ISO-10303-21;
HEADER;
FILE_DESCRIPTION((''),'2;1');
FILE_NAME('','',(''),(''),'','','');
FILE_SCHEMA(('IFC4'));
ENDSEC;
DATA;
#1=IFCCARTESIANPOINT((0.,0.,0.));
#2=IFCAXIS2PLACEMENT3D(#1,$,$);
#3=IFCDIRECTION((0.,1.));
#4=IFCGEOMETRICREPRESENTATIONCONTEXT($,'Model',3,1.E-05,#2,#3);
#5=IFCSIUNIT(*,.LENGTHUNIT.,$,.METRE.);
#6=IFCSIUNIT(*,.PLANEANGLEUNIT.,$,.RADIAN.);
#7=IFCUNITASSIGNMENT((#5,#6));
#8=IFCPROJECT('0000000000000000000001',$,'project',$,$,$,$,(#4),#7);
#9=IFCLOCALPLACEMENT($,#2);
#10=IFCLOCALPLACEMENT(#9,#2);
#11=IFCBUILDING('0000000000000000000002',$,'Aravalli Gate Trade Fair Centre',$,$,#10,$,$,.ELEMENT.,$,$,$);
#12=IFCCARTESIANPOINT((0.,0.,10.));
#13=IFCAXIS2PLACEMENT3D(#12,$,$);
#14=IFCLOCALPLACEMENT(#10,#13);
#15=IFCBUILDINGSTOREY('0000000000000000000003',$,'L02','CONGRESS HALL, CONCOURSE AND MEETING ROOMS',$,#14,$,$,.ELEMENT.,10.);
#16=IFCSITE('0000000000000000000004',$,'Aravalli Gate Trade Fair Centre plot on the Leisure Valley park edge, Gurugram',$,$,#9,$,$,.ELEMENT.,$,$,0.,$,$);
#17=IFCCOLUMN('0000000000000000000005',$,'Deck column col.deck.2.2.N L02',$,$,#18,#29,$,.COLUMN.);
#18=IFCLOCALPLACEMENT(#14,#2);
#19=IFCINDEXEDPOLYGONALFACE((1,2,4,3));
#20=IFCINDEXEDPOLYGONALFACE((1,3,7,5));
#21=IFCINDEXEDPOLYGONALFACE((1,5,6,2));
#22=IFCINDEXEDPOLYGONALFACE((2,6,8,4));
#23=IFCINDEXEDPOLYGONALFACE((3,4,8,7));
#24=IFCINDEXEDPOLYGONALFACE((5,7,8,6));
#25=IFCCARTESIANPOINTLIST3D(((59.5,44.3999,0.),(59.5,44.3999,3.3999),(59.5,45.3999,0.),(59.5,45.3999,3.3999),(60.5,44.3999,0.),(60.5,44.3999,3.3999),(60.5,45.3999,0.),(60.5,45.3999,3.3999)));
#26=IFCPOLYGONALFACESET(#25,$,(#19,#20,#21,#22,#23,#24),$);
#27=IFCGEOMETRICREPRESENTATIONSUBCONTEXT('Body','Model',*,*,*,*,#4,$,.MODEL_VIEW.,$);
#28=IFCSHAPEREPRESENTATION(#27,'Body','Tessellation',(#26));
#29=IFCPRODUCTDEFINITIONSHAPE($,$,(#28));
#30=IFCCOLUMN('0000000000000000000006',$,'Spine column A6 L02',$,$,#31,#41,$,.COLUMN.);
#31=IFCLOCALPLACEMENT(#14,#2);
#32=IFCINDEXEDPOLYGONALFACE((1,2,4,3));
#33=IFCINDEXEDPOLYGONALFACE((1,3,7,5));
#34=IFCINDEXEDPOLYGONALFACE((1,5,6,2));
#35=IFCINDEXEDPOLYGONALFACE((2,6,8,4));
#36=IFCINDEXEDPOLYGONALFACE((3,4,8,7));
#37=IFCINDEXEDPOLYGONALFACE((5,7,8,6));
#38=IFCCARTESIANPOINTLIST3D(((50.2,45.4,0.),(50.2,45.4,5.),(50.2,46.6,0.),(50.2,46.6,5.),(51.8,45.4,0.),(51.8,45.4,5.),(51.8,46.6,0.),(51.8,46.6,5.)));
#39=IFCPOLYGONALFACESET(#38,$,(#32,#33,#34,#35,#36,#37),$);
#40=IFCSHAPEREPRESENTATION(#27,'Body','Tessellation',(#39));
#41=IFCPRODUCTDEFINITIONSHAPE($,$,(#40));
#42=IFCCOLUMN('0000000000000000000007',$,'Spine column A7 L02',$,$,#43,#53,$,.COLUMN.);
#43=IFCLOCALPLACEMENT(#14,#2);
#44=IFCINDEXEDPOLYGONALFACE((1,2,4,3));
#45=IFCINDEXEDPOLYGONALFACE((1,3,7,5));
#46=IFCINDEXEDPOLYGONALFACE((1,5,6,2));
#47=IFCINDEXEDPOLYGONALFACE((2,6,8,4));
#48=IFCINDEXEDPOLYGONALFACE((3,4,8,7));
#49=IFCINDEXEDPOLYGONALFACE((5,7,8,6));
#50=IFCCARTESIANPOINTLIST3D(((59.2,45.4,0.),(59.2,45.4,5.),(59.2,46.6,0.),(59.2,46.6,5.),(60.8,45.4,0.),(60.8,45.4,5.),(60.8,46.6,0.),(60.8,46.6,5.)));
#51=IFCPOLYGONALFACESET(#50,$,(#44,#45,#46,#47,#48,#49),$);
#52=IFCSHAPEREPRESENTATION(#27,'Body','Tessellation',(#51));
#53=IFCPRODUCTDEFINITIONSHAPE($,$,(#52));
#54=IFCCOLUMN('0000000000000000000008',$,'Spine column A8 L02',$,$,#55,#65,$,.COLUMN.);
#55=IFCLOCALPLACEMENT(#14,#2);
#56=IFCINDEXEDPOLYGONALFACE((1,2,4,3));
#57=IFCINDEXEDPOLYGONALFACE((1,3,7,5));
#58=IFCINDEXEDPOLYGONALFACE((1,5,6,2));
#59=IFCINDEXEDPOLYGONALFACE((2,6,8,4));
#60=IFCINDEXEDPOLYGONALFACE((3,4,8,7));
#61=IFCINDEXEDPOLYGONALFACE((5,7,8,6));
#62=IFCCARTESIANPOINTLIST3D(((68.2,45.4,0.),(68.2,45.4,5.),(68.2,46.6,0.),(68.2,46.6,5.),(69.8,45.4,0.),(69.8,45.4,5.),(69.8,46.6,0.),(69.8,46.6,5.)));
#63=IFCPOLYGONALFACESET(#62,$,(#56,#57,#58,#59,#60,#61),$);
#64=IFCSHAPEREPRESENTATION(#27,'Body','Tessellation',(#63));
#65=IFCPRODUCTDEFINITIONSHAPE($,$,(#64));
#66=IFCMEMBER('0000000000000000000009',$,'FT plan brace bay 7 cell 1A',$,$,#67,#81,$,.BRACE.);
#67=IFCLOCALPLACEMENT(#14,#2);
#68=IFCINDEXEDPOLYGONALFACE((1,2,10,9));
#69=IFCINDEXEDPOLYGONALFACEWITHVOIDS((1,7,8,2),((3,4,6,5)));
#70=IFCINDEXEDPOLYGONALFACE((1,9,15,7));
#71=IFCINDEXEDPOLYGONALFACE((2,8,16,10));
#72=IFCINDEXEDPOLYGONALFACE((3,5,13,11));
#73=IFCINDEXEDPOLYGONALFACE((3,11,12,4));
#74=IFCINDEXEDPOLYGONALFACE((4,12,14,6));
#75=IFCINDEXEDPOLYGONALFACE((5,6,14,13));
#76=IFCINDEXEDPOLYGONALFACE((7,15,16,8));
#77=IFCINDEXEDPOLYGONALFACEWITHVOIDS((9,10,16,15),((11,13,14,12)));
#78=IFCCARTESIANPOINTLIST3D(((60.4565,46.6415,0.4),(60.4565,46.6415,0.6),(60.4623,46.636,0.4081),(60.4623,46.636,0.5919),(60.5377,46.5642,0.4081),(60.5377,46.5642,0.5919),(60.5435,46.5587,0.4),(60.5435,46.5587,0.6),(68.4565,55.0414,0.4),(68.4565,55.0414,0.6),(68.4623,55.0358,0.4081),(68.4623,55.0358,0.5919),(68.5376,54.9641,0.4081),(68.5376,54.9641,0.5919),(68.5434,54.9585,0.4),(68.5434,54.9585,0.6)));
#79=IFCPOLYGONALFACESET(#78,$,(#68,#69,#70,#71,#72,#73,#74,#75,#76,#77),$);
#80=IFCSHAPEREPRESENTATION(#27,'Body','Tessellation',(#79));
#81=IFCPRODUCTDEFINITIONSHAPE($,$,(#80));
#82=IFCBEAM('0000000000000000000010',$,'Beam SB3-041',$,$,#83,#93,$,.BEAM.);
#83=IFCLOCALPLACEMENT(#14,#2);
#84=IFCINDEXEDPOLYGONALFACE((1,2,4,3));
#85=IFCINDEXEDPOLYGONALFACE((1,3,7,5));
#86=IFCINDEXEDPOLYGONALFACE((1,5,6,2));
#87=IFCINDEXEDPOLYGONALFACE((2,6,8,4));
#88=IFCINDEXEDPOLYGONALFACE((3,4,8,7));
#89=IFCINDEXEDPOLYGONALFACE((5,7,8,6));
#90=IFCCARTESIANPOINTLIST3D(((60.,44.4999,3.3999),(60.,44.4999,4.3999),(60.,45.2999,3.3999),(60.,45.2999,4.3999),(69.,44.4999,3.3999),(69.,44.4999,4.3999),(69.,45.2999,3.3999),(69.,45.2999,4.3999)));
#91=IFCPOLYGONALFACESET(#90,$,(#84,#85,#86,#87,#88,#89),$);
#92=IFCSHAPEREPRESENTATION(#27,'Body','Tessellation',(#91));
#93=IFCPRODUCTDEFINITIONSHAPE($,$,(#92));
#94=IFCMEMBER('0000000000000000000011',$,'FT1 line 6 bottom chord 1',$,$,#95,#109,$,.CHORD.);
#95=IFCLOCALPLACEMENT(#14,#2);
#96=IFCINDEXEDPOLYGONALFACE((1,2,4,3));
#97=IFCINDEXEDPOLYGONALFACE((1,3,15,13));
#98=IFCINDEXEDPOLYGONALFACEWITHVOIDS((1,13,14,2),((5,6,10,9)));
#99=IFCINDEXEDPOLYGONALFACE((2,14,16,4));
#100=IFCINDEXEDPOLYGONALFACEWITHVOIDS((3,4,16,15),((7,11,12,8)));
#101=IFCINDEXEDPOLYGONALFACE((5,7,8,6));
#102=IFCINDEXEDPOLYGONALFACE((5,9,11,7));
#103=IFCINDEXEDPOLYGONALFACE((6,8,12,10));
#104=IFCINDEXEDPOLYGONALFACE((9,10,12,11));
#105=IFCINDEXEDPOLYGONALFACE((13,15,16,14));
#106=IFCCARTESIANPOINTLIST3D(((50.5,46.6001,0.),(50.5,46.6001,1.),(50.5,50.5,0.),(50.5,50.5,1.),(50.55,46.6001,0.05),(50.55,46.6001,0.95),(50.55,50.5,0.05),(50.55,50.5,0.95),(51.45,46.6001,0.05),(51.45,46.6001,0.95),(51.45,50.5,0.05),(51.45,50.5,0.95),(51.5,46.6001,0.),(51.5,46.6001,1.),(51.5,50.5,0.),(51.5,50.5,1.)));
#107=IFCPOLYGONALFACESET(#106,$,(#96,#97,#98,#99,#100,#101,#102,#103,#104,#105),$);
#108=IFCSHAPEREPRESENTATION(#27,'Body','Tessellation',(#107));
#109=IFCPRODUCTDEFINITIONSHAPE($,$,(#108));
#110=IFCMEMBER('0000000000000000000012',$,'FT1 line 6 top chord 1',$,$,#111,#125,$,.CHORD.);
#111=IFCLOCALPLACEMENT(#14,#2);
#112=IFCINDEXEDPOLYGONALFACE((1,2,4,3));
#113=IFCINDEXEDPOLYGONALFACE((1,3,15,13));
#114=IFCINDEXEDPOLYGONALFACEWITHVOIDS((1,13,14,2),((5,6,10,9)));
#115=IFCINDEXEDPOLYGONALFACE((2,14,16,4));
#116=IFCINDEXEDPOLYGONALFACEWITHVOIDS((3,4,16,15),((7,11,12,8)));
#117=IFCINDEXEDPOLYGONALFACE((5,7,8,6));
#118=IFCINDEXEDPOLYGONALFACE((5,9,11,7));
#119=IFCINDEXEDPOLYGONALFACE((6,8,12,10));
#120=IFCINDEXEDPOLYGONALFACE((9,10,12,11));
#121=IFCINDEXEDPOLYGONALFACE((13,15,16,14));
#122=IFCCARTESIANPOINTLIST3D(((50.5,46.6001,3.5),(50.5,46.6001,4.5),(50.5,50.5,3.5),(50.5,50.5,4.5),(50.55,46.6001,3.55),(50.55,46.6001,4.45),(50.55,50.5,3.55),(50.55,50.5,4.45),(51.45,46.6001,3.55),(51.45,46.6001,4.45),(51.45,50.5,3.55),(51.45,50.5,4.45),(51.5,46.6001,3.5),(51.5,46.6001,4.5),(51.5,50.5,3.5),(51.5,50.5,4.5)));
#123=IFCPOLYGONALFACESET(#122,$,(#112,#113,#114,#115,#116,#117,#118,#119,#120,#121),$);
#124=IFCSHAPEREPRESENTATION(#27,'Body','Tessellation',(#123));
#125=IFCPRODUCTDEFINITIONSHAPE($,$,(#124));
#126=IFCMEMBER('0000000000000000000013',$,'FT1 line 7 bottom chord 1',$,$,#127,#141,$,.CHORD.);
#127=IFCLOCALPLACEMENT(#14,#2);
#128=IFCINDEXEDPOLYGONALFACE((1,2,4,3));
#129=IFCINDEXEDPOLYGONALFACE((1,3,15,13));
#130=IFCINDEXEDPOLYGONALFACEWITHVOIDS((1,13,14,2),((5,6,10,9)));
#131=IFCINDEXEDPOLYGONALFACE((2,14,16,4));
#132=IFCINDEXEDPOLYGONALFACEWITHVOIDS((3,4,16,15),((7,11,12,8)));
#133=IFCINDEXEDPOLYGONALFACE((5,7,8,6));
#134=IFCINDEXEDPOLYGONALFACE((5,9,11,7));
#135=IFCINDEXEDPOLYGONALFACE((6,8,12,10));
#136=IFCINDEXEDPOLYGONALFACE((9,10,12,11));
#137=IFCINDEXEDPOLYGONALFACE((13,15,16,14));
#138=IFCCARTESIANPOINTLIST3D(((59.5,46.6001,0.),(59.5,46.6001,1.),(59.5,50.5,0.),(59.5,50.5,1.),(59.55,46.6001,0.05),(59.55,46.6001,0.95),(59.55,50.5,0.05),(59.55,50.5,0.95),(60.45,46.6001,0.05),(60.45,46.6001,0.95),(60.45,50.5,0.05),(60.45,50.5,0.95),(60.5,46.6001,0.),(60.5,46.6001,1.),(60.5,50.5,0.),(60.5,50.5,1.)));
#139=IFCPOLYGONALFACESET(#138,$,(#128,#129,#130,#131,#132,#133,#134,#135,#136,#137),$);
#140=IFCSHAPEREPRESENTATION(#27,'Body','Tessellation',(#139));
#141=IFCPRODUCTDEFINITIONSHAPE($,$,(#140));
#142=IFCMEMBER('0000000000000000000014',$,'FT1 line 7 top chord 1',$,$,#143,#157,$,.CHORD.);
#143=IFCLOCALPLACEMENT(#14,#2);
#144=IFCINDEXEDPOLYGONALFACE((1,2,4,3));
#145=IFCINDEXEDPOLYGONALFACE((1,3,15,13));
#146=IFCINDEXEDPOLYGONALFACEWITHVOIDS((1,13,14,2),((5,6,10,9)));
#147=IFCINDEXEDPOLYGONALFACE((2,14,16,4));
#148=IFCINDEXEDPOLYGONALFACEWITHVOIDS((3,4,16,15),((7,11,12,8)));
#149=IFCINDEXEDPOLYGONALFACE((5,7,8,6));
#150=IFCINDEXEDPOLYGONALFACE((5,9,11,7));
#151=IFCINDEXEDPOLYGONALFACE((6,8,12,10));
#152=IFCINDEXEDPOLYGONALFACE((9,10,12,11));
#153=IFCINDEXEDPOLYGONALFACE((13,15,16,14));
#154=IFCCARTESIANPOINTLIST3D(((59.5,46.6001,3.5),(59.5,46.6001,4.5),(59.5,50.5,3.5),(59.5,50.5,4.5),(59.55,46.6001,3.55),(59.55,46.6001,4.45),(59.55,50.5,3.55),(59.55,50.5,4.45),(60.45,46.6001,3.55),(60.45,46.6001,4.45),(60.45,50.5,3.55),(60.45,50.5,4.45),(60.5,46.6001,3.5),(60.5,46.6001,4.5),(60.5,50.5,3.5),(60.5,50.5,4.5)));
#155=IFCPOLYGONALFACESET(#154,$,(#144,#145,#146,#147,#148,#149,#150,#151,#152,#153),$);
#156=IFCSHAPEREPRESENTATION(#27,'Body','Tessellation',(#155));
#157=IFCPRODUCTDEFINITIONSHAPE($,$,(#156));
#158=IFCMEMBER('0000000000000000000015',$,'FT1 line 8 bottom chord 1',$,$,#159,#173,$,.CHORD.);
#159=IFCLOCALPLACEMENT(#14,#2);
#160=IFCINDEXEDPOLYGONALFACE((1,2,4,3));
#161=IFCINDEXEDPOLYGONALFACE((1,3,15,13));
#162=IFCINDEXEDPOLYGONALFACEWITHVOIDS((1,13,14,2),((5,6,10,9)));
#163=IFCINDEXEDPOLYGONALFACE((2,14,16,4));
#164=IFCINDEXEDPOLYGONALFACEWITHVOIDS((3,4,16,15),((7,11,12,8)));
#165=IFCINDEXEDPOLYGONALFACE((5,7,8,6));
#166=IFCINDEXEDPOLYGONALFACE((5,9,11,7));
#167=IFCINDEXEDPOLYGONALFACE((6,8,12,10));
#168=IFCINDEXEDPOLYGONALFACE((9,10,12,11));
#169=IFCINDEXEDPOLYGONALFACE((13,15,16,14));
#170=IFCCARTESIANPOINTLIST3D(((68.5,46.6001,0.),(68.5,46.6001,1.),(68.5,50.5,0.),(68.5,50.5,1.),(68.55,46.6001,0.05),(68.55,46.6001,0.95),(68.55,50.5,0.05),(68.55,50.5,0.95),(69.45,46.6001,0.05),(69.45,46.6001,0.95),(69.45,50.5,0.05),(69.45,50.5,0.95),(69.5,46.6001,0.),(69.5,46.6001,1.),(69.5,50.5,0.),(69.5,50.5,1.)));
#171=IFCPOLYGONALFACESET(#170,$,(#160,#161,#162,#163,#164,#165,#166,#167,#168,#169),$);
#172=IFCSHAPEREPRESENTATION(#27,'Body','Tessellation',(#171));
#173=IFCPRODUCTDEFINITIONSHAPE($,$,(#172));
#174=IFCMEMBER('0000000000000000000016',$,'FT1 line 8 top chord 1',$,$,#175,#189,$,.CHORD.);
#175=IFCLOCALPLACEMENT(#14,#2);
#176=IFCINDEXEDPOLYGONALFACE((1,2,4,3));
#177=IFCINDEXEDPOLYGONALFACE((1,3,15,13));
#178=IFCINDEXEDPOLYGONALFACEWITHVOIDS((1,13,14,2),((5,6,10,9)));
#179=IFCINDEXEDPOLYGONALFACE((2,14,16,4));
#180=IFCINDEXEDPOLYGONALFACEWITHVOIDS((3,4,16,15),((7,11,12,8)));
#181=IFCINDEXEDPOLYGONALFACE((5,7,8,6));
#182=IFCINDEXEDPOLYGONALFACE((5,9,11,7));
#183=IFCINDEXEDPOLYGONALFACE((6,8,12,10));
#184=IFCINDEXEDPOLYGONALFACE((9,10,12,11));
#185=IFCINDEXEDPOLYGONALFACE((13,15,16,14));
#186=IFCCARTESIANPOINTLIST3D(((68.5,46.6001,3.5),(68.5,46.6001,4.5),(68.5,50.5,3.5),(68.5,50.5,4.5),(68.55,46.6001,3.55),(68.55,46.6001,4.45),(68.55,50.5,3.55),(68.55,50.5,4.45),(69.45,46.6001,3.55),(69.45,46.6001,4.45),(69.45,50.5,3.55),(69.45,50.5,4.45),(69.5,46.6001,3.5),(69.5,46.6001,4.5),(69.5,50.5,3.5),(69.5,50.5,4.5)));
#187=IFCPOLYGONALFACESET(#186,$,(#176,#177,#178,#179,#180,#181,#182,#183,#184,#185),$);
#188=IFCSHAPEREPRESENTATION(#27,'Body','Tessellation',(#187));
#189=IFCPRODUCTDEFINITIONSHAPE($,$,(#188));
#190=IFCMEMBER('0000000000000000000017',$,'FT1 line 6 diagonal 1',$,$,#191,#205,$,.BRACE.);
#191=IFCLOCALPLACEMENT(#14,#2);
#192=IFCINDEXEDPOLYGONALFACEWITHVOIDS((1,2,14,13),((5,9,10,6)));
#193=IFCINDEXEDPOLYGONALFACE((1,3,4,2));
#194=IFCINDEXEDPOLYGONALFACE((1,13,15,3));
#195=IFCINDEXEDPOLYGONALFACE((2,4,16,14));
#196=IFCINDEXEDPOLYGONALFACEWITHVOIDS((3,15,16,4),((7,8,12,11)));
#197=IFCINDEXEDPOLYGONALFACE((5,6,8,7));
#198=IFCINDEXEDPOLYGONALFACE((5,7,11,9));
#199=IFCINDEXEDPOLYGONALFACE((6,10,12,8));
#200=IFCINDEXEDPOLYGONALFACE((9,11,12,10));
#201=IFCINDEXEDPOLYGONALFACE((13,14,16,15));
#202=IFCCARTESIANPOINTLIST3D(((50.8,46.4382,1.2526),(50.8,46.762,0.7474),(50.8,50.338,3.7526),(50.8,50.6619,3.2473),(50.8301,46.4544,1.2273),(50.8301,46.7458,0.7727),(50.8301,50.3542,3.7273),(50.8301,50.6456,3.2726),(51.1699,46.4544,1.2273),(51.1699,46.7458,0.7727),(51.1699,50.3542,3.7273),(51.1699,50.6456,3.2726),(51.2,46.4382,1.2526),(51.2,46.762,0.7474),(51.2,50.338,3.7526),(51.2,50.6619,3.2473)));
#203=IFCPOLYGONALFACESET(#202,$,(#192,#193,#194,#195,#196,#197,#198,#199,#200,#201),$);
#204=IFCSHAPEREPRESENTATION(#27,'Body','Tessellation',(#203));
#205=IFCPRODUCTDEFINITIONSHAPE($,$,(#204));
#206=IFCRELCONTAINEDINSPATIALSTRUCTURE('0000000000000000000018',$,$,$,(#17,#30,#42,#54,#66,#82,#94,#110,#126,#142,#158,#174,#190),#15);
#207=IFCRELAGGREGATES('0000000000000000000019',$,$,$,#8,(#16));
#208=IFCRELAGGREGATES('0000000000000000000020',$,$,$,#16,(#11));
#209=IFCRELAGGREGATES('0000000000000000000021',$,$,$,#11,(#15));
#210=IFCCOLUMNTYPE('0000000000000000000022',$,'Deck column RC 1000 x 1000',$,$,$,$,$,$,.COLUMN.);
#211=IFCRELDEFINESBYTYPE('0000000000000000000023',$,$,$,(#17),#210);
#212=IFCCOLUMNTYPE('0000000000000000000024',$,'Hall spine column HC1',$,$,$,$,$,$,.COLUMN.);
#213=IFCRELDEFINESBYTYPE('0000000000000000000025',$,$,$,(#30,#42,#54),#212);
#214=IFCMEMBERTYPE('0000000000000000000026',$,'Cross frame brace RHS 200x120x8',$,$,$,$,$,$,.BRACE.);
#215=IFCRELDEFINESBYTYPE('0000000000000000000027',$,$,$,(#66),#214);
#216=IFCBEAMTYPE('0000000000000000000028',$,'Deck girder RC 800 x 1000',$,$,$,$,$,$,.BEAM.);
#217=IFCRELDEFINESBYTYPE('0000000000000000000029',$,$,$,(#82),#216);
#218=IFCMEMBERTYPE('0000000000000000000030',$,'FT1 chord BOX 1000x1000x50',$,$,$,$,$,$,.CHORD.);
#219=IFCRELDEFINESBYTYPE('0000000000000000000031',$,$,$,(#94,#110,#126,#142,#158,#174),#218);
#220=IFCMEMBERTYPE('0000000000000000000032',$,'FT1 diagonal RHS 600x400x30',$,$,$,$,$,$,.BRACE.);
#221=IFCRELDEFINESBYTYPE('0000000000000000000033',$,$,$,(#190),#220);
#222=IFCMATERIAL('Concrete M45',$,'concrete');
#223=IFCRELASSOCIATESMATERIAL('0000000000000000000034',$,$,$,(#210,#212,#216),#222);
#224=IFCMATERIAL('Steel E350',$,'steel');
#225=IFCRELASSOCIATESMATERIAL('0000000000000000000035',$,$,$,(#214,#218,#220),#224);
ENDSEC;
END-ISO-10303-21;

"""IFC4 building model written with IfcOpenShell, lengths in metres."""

from ifc_helpers import new_model, si_unit, direction, frame, origin, origin_2d, place, context, subcontext, project, spatial, rectangle, hollow_rectangle, extrude, material, material_profile, profile_set, type_object, element, save


model = new_model("IFC4")

# Units and contexts
model_context = context("Model", 3, precision=1e-05, world=origin(), true_north=direction((0.0, 1.0)))
body_context = subcontext(model_context, "Body", "Model", "MODEL_VIEW")
ifc_project = project(units=[si_unit("LENGTHUNIT", "METRE"), si_unit("PLANEANGLEUNIT", "RADIAN")], contexts=[model_context])

# Site, building, storey
site_placement = place(None, origin())
site = spatial("IfcSite", under=ifc_project, at=site_placement, Name="Aravalli Gate Trade Fair Centre plot on the Leisure Valley park edge, Gurugram", CompositionType="ELEMENT", RefElevation=0.0)
building_placement = place(site_placement, origin())
building = spatial("IfcBuilding", under=site, at=building_placement, Name="Aravalli Gate Trade Fair Centre", CompositionType="ELEMENT")
storey_placement = place(building_placement, frame((0.0, 0.0, 10.0)))
storey = spatial("IfcBuildingStorey", under=building, at=storey_placement, Name="L02", Description="CONGRESS HALL, CONCOURSE AND MEETING ROOMS", CompositionType="ELEMENT", Elevation=10.0)

# Columns
ifc_material_1 = material(Name="Concrete M45", Category="concrete")
ifc_material_profile_1 = material_profile(ifc_material_1, rectangle(XDim=1.0, YDim=1.0, at=origin_2d()), Name="Deck column RC 1000 x 1000")
ifc_profile_set_1 = profile_set([ifc_material_profile_1], Name="Concrete M45")
column_type_1 = type_object("IfcColumnType", Name="Deck column RC 1000 x 1000", PredefinedType="COLUMN", material=ifc_profile_set_1)
column_placement = place(storey_placement, frame((60.0, 44.8999, 0.0), z_axis=(0.0, 0.0, 1.0), x_axis=(1.0, 0.0, 0.0)))
element("IfcColumn", 1, at=column_placement, inside=storey, type_object=column_type_1, Name="Deck column col.deck.2.2.N L02", PredefinedType="COLUMN", context=body_context, shape_type="SweptSolid", body=[
    extrude(rectangle(XDim=1.0, YDim=1.0, at=origin_2d()), origin(), (0.0, 0.0, 1.0), 3.3999),
])
ifc_material_profile_2 = material_profile(ifc_material_1, rectangle(XDim=1.6001, YDim=1.2, at=origin_2d()), Name="RC 1600x1200")
ifc_profile_set_2 = profile_set([ifc_material_profile_2], Name="Concrete M45")
column_type_2 = type_object("IfcColumnType", Name="Hall spine column HC1", PredefinedType="COLUMN", material=ifc_profile_set_2)
for number, where, z_axis, x_axis, name in (
    (2, (51.0, 46.0, 0.0), (0.0, 0.0, 1.0), (1.0, 0.0, 0.0), "Spine column A6 L02"),
    (3, (60.0, 46.0, 0.0), (0.0, 0.0, 1.0), (1.0, 0.0, 0.0), "Spine column A7 L02"),
    (4, (69.0, 46.0, 0.0), (0.0, 0.0, 1.0), (1.0, 0.0, 0.0), "Spine column A8 L02"),
):
    element("IfcColumn", number, at=place(storey_placement, frame(where, z_axis=z_axis, x_axis=x_axis)), inside=storey, type_object=column_type_2, Name=name, PredefinedType="COLUMN", context=body_context, shape_type="SweptSolid", body=[
        extrude(rectangle(XDim=1.6001, YDim=1.2, at=origin_2d()), origin(), (0.0, 0.0, 1.0), 5.0),
    ])

# Member
ifc_material_2 = material(Name="Steel E350", Category="steel")
ifc_material_profile_3 = material_profile(ifc_material_2, hollow_rectangle(XDim=0.1201, YDim=0.2, WallThickness=0.0081, at=origin_2d()), Name="RHS 200x120x8")
ifc_profile_set_3 = profile_set([ifc_material_profile_3], Name="Steel E350")
member_type_1 = type_object("IfcMemberType", Name="Cross frame brace RHS 200x120x8", PredefinedType="BRACE", material=ifc_profile_set_3)
member_placement = place(storey_placement, frame((60.5, 46.6001, 0.5), z_axis=(0.689659, 0.724134, 0.0), x_axis=(-0.724134, 0.689659, 0.0)))
element("IfcMember", 5, at=member_placement, inside=storey, type_object=member_type_1, Name="FT plan brace bay 7 cell 1A", PredefinedType="BRACE", context=body_context, shape_type="SweptSolid", body=[
    extrude(hollow_rectangle(XDim=0.1201, YDim=0.2, WallThickness=0.0081, at=origin_2d()), origin(), (0.0, 0.0, 1.0), 11.5999),
])

# Beam
ifc_material_profile_4 = material_profile(ifc_material_1, rectangle(XDim=0.8, YDim=1.0, at=origin_2d()), Name="Deck girder RC 800 x 1000")
ifc_profile_set_4 = profile_set([ifc_material_profile_4], Name="Concrete M45")
beam_type = type_object("IfcBeamType", Name="Deck girder RC 800 x 1000", PredefinedType="BEAM", material=ifc_profile_set_4)
beam_placement = place(storey_placement, frame((60.0, 44.8999, 3.8999), z_axis=(1.0, 0.0, 0.0), x_axis=(0.0, 1.0, 0.0)))
element("IfcBeam", 6, at=beam_placement, inside=storey, type_object=beam_type, Name="Beam SB3-041", PredefinedType="BEAM", context=body_context, shape_type="SweptSolid", body=[
    extrude(rectangle(XDim=0.8, YDim=1.0, at=origin_2d()), origin(), (0.0, 0.0, 1.0), 9.0),
])

# Members
ifc_material_profile_5 = material_profile(ifc_material_2, hollow_rectangle(XDim=1.0, YDim=1.0, WallThickness=0.05, at=origin_2d()), Name="BOX 1000x1000x50")
ifc_profile_set_5 = profile_set([ifc_material_profile_5], Name="Steel E350")
member_type_2 = type_object("IfcMemberType", Name="FT1 chord BOX 1000x1000x50", PredefinedType="CHORD", material=ifc_profile_set_5)
for number, where, z_axis, x_axis, name in (
    (7, (51.0, 46.6001, 0.5), (0.0, 1.0, 0.0), (-1.0, 0.0, 0.0), "FT1 line 6 bottom chord 1"),
    (8, (51.0, 46.6001, 4.0), (0.0, 1.0, 0.0), (-1.0, 0.0, 0.0), "FT1 line 6 top chord 1"),
    (9, (60.0, 46.6001, 0.5), (0.0, 1.0, 0.0), (-1.0, 0.0, 0.0), "FT1 line 7 bottom chord 1"),
    (10, (60.0, 46.6001, 4.0), (0.0, 1.0, 0.0), (-1.0, 0.0, 0.0), "FT1 line 7 top chord 1"),
    (11, (69.0, 46.6001, 0.5), (0.0, 1.0, 0.0), (-1.0, 0.0, 0.0), "FT1 line 8 bottom chord 1"),
    (12, (69.0, 46.6001, 4.0), (0.0, 1.0, 0.0), (-1.0, 0.0, 0.0), "FT1 line 8 top chord 1"),
):
    element("IfcMember", number, at=place(storey_placement, frame(where, z_axis=z_axis, x_axis=x_axis)), inside=storey, type_object=member_type_2, Name=name, PredefinedType="CHORD", context=body_context, shape_type="SweptSolid", body=[
        extrude(hollow_rectangle(XDim=1.0, YDim=1.0, WallThickness=0.05, at=origin_2d()), origin(), (0.0, 0.0, 1.0), 3.8999),
    ])
ifc_material_profile_6 = material_profile(ifc_material_2, hollow_rectangle(XDim=0.3999, YDim=0.6001, WallThickness=0.03, at=origin_2d()), Name="RHS 600x400x30")
ifc_profile_set_6 = profile_set([ifc_material_profile_6], Name="Steel E350")
member_type_3 = type_object("IfcMemberType", Name="FT1 diagonal RHS 600x400x30", PredefinedType="BRACE", material=ifc_profile_set_6)
for number, where, z_axis, x_axis, name in (
    (13, (51.0, 46.6001, 1.0), (0.0, 0.841873, 0.539676), (-1.0, 0.0, 0.0), "FT1 line 6 diagonal 1"),
):
    element("IfcMember", number, at=place(storey_placement, frame(where, z_axis=z_axis, x_axis=x_axis)), inside=storey, type_object=member_type_3, Name=name, PredefinedType="BRACE", context=body_context, shape_type="SweptSolid", body=[
        extrude(hollow_rectangle(XDim=0.3999, YDim=0.6001, WallThickness=0.03, at=origin_2d()), origin(), (0.0, 0.0, 1.0), 4.6323),
    ])

save(model, "model.ifc")
